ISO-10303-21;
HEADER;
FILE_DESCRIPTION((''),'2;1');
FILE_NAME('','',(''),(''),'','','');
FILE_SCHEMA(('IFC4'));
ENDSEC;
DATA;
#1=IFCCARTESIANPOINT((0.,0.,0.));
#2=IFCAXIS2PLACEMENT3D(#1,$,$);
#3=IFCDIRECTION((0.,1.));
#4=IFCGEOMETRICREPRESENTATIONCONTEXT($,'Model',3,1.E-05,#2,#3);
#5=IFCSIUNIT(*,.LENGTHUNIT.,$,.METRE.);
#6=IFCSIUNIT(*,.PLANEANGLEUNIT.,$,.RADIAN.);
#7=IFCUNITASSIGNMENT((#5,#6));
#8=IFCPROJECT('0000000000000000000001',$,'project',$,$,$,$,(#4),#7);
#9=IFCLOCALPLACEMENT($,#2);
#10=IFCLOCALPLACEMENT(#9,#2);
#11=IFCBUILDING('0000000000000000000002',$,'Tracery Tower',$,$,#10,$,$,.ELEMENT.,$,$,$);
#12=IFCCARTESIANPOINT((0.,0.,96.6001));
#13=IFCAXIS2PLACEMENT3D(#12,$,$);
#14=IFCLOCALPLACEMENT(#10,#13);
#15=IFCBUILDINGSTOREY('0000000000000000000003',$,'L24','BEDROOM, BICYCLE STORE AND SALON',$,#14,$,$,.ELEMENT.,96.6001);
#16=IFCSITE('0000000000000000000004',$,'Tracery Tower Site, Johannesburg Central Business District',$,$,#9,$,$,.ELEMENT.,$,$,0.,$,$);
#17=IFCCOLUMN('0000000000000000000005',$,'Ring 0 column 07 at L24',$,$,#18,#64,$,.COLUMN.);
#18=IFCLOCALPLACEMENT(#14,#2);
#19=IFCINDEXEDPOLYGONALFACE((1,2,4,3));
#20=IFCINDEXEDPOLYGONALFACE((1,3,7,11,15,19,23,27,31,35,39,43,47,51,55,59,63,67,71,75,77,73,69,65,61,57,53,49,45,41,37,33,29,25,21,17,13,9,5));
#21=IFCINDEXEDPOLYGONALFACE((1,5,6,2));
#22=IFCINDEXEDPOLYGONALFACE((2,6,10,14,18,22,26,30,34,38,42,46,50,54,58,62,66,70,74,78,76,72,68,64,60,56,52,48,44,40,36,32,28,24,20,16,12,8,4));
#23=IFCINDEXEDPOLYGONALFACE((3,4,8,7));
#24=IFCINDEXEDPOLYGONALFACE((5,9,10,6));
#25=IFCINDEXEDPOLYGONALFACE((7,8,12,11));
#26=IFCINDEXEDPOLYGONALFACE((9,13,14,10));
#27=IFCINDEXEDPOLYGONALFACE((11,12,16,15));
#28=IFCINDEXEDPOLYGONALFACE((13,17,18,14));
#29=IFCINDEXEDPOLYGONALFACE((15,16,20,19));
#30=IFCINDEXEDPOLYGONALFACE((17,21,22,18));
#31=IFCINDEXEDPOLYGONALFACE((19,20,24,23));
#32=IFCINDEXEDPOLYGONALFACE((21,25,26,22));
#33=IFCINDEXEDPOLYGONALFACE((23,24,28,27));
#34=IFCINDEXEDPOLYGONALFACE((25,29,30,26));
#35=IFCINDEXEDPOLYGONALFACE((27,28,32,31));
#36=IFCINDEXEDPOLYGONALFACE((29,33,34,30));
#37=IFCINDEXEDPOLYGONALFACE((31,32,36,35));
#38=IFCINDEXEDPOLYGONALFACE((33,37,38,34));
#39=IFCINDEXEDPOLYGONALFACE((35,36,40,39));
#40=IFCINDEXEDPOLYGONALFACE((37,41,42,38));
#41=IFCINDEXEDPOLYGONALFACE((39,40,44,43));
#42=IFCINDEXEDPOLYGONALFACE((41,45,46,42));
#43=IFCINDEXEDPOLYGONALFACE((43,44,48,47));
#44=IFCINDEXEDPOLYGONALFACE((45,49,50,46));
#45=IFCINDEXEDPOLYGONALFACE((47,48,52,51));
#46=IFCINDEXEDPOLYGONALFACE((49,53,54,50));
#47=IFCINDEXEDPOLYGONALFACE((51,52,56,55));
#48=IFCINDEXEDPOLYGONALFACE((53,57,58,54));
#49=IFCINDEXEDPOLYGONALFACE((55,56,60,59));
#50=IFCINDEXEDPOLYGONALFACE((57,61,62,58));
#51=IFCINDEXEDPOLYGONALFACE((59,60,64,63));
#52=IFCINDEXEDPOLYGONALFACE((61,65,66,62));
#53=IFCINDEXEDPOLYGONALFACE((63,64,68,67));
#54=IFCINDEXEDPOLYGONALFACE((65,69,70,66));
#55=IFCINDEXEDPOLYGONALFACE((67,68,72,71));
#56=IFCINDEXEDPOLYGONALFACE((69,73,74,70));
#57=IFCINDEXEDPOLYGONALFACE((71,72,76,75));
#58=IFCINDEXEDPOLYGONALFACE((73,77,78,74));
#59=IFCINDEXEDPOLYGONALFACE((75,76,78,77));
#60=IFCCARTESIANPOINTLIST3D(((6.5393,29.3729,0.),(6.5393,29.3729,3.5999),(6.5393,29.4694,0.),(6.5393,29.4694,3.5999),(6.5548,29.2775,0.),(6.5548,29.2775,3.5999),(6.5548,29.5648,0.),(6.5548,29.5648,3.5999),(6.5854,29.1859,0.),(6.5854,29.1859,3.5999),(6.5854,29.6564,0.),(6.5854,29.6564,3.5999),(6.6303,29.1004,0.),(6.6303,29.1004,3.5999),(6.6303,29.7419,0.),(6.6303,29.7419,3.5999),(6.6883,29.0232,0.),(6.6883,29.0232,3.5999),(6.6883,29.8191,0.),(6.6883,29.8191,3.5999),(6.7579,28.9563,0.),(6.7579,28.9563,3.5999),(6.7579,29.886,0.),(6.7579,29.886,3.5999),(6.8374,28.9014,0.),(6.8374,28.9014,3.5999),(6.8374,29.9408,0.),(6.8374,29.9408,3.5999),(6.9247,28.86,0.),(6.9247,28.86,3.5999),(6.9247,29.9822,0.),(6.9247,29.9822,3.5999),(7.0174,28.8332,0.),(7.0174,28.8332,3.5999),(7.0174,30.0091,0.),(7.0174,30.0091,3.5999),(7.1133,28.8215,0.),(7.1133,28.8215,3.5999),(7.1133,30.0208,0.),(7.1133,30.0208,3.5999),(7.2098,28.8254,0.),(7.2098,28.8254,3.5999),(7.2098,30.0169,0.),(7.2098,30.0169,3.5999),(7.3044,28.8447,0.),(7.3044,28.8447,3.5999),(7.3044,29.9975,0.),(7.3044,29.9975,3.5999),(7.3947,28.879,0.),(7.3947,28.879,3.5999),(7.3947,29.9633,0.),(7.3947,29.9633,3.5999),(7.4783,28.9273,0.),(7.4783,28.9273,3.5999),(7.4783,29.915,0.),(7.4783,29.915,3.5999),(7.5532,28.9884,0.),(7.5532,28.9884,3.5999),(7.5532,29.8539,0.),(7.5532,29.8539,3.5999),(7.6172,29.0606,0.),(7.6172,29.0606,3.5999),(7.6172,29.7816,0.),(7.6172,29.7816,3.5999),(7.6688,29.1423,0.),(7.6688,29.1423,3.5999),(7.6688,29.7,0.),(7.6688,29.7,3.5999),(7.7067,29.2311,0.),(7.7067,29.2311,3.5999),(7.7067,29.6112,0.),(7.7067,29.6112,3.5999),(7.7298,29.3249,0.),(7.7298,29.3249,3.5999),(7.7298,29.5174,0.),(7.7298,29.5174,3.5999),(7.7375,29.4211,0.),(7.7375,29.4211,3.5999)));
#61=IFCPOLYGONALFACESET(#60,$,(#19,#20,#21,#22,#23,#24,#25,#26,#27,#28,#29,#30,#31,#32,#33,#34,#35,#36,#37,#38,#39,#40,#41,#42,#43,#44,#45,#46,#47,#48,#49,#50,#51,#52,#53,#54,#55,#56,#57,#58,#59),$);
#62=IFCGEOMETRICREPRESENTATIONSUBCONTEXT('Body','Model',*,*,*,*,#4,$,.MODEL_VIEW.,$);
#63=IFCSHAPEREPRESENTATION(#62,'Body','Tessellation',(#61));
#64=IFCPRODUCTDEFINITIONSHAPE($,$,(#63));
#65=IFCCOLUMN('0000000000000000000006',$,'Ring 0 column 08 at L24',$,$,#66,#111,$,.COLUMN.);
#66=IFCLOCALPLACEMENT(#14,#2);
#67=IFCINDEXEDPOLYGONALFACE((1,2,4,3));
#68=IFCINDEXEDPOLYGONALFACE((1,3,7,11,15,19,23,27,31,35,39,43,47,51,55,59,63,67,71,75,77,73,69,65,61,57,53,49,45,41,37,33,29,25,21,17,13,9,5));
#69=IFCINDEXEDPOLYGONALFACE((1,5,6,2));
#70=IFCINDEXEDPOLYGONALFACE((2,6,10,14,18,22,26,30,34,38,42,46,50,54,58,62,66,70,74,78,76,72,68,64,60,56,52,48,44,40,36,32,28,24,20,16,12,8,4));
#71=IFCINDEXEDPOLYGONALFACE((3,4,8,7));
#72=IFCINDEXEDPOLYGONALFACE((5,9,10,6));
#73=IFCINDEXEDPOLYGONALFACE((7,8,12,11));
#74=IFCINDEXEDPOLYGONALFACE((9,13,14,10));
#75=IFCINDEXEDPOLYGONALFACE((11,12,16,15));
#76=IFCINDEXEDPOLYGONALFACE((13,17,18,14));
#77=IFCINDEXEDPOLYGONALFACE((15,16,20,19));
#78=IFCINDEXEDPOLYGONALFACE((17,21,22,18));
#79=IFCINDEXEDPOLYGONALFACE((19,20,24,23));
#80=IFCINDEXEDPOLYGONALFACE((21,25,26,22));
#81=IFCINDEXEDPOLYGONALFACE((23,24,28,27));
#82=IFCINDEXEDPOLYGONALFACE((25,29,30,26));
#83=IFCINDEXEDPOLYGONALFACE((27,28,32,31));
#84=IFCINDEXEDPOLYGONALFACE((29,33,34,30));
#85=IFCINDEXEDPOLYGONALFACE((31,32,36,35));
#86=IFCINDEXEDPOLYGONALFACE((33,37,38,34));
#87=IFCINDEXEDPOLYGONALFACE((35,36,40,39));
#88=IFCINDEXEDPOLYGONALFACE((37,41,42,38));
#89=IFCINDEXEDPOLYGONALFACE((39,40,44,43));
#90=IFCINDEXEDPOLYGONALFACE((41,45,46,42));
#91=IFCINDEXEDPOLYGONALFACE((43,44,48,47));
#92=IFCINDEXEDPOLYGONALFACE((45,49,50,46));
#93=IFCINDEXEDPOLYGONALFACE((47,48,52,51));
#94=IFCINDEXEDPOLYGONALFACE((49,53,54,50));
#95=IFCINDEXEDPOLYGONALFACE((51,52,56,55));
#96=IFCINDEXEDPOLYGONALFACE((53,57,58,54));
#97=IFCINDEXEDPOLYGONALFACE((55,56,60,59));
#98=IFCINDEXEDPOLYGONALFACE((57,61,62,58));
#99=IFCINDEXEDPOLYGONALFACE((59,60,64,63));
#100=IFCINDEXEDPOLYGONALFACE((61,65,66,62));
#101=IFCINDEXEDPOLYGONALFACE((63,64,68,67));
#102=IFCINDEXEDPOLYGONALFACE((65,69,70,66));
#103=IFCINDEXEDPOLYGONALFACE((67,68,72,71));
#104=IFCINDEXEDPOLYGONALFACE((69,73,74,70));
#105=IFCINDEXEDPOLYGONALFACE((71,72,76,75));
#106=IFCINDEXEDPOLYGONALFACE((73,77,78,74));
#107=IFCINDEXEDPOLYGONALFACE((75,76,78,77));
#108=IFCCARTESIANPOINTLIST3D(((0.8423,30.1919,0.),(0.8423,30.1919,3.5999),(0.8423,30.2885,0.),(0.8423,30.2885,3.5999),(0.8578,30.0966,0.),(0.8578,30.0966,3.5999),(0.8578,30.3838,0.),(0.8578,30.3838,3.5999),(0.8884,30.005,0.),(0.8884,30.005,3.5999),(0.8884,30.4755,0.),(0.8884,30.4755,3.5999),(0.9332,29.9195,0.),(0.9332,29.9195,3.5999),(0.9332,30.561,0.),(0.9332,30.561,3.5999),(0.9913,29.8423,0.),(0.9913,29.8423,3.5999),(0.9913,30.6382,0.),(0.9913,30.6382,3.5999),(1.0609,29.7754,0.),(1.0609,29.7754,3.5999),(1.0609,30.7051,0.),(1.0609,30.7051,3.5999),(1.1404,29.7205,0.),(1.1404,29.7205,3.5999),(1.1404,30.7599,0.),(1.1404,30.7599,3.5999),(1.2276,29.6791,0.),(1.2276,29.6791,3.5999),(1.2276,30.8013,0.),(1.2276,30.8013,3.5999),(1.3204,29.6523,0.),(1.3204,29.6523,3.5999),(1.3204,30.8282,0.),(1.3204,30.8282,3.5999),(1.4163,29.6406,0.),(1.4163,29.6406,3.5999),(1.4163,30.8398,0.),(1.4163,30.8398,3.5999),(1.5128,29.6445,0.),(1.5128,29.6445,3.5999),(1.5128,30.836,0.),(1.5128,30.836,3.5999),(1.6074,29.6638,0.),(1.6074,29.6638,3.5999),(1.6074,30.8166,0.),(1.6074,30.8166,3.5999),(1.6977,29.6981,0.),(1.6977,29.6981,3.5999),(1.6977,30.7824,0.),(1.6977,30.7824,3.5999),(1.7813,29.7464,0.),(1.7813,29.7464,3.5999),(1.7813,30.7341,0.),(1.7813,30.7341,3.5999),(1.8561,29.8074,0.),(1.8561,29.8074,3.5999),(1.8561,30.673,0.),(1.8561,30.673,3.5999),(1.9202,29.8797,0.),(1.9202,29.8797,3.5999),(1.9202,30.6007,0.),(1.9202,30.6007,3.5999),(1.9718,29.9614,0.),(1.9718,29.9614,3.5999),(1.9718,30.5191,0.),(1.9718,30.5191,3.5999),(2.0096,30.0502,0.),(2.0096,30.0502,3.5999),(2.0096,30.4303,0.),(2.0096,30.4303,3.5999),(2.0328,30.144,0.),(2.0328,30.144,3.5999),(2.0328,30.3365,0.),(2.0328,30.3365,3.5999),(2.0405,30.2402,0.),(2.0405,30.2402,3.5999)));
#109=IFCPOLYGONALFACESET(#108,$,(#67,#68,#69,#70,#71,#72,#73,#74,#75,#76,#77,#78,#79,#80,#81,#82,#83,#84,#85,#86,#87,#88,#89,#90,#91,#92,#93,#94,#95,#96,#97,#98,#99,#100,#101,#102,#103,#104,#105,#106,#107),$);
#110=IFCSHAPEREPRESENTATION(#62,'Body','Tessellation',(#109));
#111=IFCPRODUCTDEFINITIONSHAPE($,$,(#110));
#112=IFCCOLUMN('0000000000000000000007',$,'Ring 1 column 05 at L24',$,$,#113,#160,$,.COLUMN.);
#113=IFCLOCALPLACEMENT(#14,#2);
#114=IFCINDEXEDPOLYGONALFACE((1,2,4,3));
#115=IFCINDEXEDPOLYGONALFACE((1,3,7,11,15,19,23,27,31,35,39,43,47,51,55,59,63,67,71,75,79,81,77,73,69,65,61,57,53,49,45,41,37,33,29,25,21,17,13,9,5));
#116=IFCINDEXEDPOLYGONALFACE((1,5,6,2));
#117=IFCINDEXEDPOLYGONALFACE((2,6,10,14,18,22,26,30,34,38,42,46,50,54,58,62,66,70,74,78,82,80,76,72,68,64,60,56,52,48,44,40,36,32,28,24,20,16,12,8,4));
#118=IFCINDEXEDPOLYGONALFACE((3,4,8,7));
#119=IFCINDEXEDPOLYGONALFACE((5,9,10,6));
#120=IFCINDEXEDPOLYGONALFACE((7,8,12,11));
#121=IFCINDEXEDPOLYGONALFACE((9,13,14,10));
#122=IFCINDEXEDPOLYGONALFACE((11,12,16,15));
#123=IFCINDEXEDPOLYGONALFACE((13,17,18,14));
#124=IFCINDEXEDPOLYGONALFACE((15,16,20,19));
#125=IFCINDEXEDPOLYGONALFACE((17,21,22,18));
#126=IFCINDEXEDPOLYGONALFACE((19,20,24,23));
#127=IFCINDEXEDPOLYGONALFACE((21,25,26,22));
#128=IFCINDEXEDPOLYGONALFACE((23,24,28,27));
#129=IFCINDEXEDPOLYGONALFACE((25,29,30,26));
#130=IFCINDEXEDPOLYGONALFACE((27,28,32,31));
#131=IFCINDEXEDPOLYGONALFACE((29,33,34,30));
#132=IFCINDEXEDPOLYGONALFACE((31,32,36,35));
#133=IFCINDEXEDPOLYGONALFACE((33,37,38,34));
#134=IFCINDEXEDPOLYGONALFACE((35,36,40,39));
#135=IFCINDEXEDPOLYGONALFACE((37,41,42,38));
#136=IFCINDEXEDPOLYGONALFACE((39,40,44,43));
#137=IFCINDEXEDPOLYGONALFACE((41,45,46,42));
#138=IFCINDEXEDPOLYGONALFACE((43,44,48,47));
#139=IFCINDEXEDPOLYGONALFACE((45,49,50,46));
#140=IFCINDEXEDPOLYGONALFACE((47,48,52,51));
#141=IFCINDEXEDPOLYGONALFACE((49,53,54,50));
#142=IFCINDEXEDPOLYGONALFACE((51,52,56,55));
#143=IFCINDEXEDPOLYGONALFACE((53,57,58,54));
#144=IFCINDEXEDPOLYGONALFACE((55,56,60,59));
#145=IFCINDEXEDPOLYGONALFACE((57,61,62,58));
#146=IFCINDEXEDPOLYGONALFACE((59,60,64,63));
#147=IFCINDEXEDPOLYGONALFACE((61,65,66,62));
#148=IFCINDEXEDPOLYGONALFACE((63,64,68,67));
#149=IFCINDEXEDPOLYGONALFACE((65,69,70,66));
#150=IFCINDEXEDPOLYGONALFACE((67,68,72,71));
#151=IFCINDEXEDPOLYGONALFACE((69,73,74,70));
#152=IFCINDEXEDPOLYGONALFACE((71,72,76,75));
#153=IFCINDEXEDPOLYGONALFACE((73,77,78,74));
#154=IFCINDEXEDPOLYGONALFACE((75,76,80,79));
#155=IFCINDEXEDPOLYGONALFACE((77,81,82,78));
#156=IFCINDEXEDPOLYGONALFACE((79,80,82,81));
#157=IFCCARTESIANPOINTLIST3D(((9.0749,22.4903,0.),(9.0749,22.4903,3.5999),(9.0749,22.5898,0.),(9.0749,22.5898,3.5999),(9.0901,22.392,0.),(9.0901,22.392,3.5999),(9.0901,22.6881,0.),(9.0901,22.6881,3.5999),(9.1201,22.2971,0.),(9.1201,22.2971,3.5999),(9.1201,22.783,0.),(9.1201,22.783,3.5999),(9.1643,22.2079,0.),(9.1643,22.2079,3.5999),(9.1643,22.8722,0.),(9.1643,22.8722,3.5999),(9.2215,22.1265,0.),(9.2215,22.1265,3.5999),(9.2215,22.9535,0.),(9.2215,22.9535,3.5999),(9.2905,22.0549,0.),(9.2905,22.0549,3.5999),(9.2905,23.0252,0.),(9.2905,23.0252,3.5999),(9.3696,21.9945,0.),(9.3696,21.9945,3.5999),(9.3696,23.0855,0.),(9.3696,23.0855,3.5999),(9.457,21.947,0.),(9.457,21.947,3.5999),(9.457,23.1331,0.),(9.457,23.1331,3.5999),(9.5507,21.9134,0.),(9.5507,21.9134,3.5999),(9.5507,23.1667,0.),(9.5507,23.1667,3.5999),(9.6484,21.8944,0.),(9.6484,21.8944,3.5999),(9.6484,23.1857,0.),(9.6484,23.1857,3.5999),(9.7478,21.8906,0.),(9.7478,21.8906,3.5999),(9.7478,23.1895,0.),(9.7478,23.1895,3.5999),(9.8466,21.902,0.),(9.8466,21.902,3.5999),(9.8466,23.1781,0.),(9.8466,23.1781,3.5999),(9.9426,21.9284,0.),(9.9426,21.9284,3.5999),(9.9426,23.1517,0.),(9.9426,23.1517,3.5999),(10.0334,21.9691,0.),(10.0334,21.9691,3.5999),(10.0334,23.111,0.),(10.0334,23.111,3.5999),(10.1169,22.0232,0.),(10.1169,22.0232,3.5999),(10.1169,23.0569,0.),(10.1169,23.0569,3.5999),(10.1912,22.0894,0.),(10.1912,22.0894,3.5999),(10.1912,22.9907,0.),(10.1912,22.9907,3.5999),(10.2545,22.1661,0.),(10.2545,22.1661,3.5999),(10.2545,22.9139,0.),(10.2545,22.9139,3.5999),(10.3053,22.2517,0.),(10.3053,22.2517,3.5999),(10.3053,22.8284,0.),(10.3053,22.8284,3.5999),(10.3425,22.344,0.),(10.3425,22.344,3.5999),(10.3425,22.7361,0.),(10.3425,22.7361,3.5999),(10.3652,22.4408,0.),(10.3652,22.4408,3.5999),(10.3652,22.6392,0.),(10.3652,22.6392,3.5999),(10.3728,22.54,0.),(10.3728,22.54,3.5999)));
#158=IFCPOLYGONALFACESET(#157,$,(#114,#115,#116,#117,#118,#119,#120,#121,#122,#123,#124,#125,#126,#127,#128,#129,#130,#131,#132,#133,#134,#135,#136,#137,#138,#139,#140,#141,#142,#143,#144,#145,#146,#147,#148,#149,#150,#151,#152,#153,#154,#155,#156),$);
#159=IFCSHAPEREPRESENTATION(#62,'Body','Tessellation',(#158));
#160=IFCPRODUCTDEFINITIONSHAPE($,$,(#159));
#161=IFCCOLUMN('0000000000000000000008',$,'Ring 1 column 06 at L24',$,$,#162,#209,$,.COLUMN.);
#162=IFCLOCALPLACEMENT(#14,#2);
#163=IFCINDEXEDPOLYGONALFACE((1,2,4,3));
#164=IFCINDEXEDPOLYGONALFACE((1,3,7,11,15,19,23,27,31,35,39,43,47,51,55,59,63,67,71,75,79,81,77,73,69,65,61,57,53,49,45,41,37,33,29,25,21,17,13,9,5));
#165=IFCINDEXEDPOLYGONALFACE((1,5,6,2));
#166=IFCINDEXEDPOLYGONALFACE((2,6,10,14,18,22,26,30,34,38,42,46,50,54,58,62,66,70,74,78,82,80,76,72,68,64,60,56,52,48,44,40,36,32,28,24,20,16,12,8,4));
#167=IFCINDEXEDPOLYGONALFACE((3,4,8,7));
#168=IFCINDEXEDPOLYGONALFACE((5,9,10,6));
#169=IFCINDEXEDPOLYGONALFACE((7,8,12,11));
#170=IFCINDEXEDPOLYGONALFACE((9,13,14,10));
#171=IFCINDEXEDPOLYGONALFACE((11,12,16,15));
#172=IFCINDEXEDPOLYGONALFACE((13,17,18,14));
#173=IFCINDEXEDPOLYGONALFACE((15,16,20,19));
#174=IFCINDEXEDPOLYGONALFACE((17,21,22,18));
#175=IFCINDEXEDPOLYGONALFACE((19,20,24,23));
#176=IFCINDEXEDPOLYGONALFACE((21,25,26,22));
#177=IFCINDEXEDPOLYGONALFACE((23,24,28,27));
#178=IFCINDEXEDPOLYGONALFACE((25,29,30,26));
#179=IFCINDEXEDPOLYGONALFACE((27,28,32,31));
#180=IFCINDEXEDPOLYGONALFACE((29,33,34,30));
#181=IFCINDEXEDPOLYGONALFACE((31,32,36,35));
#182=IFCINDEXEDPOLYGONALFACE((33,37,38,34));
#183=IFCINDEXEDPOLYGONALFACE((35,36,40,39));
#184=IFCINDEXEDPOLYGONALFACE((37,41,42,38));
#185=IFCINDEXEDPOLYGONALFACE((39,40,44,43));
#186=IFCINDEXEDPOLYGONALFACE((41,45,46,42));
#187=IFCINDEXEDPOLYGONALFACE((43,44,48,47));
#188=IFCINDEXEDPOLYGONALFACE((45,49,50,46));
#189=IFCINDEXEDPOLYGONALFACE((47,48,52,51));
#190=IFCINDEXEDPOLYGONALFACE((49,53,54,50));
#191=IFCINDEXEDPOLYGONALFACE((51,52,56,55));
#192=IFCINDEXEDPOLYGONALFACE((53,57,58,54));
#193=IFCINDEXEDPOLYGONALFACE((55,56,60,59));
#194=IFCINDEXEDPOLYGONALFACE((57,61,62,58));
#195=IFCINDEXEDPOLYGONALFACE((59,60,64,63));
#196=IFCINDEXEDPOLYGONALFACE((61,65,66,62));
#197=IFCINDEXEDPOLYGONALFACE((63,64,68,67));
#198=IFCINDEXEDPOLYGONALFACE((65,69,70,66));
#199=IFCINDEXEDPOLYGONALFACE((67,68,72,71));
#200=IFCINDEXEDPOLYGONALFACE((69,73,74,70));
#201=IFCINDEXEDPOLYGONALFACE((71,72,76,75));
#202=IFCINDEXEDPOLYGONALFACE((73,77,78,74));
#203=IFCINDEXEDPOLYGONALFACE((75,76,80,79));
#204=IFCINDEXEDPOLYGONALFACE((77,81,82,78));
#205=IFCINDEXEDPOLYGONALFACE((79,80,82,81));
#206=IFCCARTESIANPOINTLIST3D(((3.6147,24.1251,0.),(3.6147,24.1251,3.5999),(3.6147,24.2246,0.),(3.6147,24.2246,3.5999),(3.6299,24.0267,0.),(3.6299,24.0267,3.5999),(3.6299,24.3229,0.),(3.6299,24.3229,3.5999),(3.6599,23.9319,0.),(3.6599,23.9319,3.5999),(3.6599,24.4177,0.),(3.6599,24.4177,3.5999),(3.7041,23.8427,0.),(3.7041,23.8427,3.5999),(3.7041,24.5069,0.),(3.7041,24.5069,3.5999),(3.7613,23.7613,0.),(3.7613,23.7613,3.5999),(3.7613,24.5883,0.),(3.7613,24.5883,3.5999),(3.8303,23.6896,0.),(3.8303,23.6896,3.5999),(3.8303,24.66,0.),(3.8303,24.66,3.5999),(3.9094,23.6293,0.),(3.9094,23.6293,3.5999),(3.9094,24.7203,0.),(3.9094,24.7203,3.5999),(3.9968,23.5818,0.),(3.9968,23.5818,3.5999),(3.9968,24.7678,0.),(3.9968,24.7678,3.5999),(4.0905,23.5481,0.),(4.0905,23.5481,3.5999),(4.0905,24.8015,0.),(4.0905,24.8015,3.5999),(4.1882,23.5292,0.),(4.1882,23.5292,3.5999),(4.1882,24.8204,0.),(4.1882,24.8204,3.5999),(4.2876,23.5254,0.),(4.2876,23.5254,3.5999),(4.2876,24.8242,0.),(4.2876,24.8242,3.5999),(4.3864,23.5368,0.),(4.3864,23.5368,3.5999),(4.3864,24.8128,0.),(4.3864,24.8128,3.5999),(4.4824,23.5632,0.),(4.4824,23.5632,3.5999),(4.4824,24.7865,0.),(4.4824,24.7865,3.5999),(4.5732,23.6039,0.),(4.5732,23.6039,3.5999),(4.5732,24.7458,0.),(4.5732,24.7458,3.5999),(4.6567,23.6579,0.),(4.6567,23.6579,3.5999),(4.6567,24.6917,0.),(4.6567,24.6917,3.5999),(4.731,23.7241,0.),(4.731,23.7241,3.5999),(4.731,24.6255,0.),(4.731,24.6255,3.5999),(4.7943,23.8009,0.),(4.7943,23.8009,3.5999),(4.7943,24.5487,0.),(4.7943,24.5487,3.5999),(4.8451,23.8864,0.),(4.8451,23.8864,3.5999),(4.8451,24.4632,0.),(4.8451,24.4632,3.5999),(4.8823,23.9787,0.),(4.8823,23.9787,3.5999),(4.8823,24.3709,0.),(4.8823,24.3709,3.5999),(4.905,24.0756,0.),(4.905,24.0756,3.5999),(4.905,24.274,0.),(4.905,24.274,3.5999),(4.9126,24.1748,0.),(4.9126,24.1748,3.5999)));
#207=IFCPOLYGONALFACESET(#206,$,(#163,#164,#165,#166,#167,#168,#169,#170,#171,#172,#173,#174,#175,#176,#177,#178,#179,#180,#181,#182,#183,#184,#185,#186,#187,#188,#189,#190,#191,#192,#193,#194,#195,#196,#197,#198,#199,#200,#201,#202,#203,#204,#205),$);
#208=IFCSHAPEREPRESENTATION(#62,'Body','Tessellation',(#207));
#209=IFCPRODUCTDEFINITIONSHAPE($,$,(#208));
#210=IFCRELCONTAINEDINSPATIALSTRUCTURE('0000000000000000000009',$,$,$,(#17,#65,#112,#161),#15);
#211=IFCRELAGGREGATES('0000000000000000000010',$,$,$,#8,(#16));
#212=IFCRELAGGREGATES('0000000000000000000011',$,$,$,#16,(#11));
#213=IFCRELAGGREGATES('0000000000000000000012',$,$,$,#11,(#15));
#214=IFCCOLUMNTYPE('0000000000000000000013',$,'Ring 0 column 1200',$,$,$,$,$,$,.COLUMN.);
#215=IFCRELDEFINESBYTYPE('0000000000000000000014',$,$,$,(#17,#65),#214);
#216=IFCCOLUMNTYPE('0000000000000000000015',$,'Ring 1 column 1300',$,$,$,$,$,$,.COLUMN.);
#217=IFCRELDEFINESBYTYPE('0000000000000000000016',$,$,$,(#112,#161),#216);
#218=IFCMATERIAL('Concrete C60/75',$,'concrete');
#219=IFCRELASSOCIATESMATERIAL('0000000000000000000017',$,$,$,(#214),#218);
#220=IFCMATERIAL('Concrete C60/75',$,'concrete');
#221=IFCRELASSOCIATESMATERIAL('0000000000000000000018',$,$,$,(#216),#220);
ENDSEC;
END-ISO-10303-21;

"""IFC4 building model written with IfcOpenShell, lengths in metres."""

from ifc_helpers import new_model, si_unit, direction, frame, origin, origin_2d, place, context, subcontext, project, spatial, circle, extrude, material, material_profile, profile_set, type_object, element, save


model = new_model("IFC4")

# Units and contexts
model_context = context("Model", 3, precision=1e-05, world=origin(), true_north=direction((0.0, 1.0)))
body_context = subcontext(model_context, "Body", "Model", "MODEL_VIEW")
ifc_project = project(units=[si_unit("LENGTHUNIT", "METRE"), si_unit("PLANEANGLEUNIT", "RADIAN")], contexts=[model_context])

# Site, building, storey
site_placement = place(None, origin())
site = spatial("IfcSite", under=ifc_project, at=site_placement, Name="Tracery Tower Site, Johannesburg Central Business District", CompositionType="ELEMENT", RefElevation=0.0)
building_placement = place(site_placement, origin())
building = spatial("IfcBuilding", under=site, at=building_placement, Name="Tracery Tower", CompositionType="ELEMENT")
storey_placement = place(building_placement, frame((0.0, 0.0, 96.6001)))
storey = spatial("IfcBuildingStorey", under=building, at=storey_placement, Name="L24", Description="BEDROOM, BICYCLE STORE AND SALON", CompositionType="ELEMENT", Elevation=96.6001)

# Columns
ifc_material_1 = material(Name="Concrete C60/75", Category="concrete")
ifc_material_profile_1 = material_profile(ifc_material_1, circle(Radius=0.6001, at=origin_2d()), Name="RC D1200")
ifc_profile_set_1 = profile_set([ifc_material_profile_1], Name="Concrete C60/75")
column_type_1 = type_object("IfcColumnType", Name="Ring 0 column 1200", PredefinedType="COLUMN", material=ifc_profile_set_1)
for number, where, z_axis, x_axis, name in (
    (1, (7.1375, 29.4211, 0.0), (0.0, 0.0, 1.0), (1.0, 0.0, 0.0), "Ring 0 column 07 at L24"),
    (2, (1.4404, 30.2402, 0.0), (0.0, 0.0, 1.0), (1.0, 0.0, 0.0), "Ring 0 column 08 at L24"),
):
    element("IfcColumn", number, at=place(storey_placement, frame(where, z_axis=z_axis, x_axis=x_axis)), inside=storey, type_object=column_type_1, Name=name, PredefinedType="COLUMN", context=body_context, shape_type="SweptSolid", body=[
        extrude(circle(Radius=0.6001, at=origin_2d()), origin(), (0.0, 0.0, 1.0), 3.5999),
    ])
ifc_material_2 = material(Name="Concrete C60/75", Category="concrete")
ifc_material_profile_2 = material_profile(ifc_material_2, circle(Radius=0.6499, at=origin_2d()), Name="RC D1300")
ifc_profile_set_2 = profile_set([ifc_material_profile_2], Name="Concrete C60/75")
column_type_2 = type_object("IfcColumnType", Name="Ring 1 column 1300", PredefinedType="COLUMN", material=ifc_profile_set_2)
for number, where, z_axis, x_axis, name in (
    (3, (9.7229, 22.54, 0.0), (0.0, 0.0, 1.0), (1.0, 0.0, 0.0), "Ring 1 column 05 at L24"),
    (4, (4.2627, 24.1748, 0.0), (0.0, 0.0, 1.0), (1.0, 0.0, 0.0), "Ring 1 column 06 at L24"),
):
    element("IfcColumn", number, at=place(storey_placement, frame(where, z_axis=z_axis, x_axis=x_axis)), inside=storey, type_object=column_type_2, Name=name, PredefinedType="COLUMN", context=body_context, shape_type="SweptSolid", body=[
        extrude(circle(Radius=0.6499, at=origin_2d()), origin(), (0.0, 0.0, 1.0), 3.5999),
    ])

save(model, "model.ifc")
